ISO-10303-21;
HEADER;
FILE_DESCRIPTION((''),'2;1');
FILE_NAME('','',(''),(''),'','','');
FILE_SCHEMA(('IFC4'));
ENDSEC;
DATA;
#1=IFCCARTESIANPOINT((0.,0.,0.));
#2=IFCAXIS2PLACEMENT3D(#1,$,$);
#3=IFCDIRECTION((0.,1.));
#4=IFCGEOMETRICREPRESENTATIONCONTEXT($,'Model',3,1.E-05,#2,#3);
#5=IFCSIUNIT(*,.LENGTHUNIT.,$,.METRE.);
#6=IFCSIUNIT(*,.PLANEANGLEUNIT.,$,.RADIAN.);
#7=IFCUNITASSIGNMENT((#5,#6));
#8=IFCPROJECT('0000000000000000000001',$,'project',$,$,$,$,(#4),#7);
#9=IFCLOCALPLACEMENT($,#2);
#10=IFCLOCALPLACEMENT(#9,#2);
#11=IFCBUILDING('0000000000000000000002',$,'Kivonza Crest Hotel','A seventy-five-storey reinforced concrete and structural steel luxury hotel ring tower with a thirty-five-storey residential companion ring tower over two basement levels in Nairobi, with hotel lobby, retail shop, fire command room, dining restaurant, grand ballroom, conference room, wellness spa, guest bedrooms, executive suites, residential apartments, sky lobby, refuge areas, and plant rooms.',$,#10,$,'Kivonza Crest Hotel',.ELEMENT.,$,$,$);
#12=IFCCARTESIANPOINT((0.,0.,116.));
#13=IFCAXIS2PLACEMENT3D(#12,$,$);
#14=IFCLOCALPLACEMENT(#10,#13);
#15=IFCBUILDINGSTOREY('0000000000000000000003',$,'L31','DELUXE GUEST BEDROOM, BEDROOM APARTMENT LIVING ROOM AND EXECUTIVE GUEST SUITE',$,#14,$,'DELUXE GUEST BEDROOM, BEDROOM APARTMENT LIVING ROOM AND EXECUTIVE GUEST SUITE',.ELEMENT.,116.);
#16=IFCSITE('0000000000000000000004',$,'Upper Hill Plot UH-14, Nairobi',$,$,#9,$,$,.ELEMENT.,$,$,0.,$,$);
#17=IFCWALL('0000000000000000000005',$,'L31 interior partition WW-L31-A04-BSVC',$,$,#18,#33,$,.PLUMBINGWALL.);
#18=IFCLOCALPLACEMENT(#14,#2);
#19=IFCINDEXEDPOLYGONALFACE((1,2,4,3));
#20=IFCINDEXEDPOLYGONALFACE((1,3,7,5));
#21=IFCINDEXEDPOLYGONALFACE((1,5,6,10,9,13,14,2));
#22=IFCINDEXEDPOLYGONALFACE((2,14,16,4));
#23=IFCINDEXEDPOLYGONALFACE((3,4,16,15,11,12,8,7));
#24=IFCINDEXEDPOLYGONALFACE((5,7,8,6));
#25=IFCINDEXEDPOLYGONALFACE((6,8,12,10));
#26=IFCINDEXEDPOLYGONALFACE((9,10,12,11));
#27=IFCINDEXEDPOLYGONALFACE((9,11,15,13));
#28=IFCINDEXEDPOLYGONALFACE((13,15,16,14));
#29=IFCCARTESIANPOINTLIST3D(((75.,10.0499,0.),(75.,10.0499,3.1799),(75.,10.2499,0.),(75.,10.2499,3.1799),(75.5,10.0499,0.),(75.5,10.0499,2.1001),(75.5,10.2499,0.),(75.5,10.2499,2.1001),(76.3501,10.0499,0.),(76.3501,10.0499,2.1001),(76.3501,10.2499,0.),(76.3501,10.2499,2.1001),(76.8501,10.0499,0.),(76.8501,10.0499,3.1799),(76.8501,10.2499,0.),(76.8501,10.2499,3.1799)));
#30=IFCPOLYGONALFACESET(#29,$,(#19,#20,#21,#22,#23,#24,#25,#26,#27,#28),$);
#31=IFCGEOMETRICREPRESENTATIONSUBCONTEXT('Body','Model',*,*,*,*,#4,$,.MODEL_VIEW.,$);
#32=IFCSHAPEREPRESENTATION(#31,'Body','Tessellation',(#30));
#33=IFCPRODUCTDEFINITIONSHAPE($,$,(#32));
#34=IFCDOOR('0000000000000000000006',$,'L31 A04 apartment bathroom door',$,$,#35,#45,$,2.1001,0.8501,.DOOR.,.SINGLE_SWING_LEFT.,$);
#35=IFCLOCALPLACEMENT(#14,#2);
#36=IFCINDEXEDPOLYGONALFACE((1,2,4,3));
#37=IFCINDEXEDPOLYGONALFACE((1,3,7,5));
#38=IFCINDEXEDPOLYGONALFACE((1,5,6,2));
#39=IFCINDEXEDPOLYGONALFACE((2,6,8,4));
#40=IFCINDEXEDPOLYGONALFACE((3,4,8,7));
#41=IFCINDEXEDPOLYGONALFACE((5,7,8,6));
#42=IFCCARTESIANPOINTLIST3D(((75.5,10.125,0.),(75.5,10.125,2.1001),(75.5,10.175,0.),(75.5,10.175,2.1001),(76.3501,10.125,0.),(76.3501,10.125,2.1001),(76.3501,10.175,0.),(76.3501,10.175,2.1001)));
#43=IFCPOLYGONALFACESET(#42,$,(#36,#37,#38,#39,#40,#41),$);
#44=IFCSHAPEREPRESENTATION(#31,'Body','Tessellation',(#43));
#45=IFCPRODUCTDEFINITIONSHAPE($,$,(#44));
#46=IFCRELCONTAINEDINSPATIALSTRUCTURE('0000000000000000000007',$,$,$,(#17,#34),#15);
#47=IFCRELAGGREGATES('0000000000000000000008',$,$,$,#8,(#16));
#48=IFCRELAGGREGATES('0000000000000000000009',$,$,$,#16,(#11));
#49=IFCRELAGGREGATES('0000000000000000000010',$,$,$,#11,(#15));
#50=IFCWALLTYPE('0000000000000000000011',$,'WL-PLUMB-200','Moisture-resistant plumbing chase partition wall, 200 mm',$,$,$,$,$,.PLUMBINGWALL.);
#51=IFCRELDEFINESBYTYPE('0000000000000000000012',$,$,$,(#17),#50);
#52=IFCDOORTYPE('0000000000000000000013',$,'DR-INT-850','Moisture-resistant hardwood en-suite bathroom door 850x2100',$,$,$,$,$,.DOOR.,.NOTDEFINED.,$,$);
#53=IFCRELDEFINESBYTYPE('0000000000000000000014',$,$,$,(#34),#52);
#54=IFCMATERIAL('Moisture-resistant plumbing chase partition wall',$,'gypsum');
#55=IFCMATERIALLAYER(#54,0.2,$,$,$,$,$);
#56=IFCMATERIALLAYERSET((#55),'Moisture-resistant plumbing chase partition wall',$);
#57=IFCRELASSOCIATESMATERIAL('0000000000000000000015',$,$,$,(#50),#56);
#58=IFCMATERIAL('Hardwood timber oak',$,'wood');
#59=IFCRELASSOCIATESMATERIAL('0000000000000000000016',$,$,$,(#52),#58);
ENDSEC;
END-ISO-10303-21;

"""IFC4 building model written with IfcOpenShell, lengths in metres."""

from ifc_helpers import new_model, si_unit, direction, frame, frame_2d, origin, place, context, subcontext, project, spatial, rectangle, extrude, material, layer, layer_set, type_object, element, fill, save


model = new_model("IFC4")

# Units and contexts
model_context = context("Model", 3, precision=1e-05, world=origin(), true_north=direction((0.0, 1.0)))
body_context = subcontext(model_context, "Body", "Model", "MODEL_VIEW")
ifc_project = project(units=[si_unit("LENGTHUNIT", "METRE"), si_unit("PLANEANGLEUNIT", "RADIAN")], contexts=[model_context])

# Site, building, storey
site_placement = place(None, origin())
site = spatial("IfcSite", under=ifc_project, at=site_placement, Name="Upper Hill Plot UH-14, Nairobi", CompositionType="ELEMENT", RefElevation=0.0)
building_placement = place(site_placement, origin())
building = spatial("IfcBuilding", under=site, at=building_placement, Name="Kivonza Crest Hotel", Description="A seventy-five-storey reinforced concrete and structural steel luxury hotel ring tower with a thirty-five-storey residential companion ring tower over two basement levels in Nairobi, with hotel lobby, retail shop, fire command room, dining restaurant, grand ballroom, conference room, wellness spa, guest bedrooms, executive suites, residential apartments, sky lobby, refuge areas, and plant rooms.", LongName="Kivonza Crest Hotel", CompositionType="ELEMENT")
storey_placement = place(building_placement, frame((0.0, 0.0, 116.0)))
storey = spatial("IfcBuildingStorey", under=building, at=storey_placement, Name="L31", Description="DELUXE GUEST BEDROOM, BEDROOM APARTMENT LIVING ROOM AND EXECUTIVE GUEST SUITE", LongName="DELUXE GUEST BEDROOM, BEDROOM APARTMENT LIVING ROOM AND EXECUTIVE GUEST SUITE", CompositionType="ELEMENT", Elevation=116.0)

# Shared definitions
ifc_material_1 = material(Name="Hardwood timber oak", Category="wood")

# Shared definitions
ifc_material_2 = material(Name="Moisture-resistant plumbing chase partition wall", Category="gypsum")
ifc_layer_1 = layer(ifc_material_2, 0.2)
ifc_layer_set_1 = layer_set([ifc_layer_1], Name="Moisture-resistant plumbing chase partition wall")
wall_type_1 = type_object("IfcWallType", Name="WL-PLUMB-200", Description="Moisture-resistant plumbing chase partition wall, 200 mm", PredefinedType="PLUMBINGWALL", material=ifc_layer_set_1)

# Wall, opening, door
wall_1_placement = place(storey_placement, frame((75.0, 10.1499, 0.0), z_axis=(0.0, 0.0, 1.0), x_axis=(1.0, 0.0, 0.0)))
wall_1 = element("IfcWall", 1, at=wall_1_placement, inside=storey, type_object=wall_type_1, Name="L31 interior partition WW-L31-A04-BSVC", PredefinedType="PLUMBINGWALL", context=body_context, shape_type="SweptSolid", body=[
    extrude(rectangle(XDim=1.8501, YDim=0.2, at=frame_2d((0.925, 0.0))), origin(), (0.0, 0.0, 1.0), 3.1799),
])
opening_1_placement = place(wall_1_placement, frame((0.5, 0.0, 0.0)))
opening_1 = element("IfcOpeningElement", 2, at=opening_1_placement, cuts=wall_1, PredefinedType="OPENING", context=body_context, shape_type="SweptSolid", body=[
    extrude(rectangle(XDim=0.8501, YDim=2.1001, at=frame_2d((0.425, 1.05))), frame((0.0, 0.1099, 0.0), z_axis=(0.0, -1.0, 0.0), x_axis=(1.0, 0.0, 0.0)), (0.0, 0.0, 1.0), 0.22),
])
door_type_1 = type_object("IfcDoorType", Name="DR-INT-850", Description="Moisture-resistant hardwood en-suite bathroom door 850x2100", OperationType="NOTDEFINED", PredefinedType="DOOR", material=ifc_material_1)
door_1_placement = place(opening_1_placement, frame((0.8501, 0.0, 0.0), z_axis=(0.0, 0.0, 1.0), x_axis=(-1.0, 0.0, 0.0)))
door_1 = element("IfcDoor", 3, at=door_1_placement, inside=storey, type_object=door_type_1, Name="L31 A04 apartment bathroom door", OperationType="SINGLE_SWING_LEFT", OverallHeight=2.1001, OverallWidth=0.8501, PredefinedType="DOOR", context=body_context, shape_type="SweptSolid", body=[
    extrude(rectangle(XDim=0.8501, YDim=2.1001, at=frame_2d((0.425, 1.05))), frame((0.0, 0.0249, 0.0), z_axis=(0.0, -1.0, 0.0), x_axis=(1.0, 0.0, 0.0)), (0.0, 0.0, 1.0), 0.05),
])
fill(opening_1, door_1)

save(model, "model.ifc")
